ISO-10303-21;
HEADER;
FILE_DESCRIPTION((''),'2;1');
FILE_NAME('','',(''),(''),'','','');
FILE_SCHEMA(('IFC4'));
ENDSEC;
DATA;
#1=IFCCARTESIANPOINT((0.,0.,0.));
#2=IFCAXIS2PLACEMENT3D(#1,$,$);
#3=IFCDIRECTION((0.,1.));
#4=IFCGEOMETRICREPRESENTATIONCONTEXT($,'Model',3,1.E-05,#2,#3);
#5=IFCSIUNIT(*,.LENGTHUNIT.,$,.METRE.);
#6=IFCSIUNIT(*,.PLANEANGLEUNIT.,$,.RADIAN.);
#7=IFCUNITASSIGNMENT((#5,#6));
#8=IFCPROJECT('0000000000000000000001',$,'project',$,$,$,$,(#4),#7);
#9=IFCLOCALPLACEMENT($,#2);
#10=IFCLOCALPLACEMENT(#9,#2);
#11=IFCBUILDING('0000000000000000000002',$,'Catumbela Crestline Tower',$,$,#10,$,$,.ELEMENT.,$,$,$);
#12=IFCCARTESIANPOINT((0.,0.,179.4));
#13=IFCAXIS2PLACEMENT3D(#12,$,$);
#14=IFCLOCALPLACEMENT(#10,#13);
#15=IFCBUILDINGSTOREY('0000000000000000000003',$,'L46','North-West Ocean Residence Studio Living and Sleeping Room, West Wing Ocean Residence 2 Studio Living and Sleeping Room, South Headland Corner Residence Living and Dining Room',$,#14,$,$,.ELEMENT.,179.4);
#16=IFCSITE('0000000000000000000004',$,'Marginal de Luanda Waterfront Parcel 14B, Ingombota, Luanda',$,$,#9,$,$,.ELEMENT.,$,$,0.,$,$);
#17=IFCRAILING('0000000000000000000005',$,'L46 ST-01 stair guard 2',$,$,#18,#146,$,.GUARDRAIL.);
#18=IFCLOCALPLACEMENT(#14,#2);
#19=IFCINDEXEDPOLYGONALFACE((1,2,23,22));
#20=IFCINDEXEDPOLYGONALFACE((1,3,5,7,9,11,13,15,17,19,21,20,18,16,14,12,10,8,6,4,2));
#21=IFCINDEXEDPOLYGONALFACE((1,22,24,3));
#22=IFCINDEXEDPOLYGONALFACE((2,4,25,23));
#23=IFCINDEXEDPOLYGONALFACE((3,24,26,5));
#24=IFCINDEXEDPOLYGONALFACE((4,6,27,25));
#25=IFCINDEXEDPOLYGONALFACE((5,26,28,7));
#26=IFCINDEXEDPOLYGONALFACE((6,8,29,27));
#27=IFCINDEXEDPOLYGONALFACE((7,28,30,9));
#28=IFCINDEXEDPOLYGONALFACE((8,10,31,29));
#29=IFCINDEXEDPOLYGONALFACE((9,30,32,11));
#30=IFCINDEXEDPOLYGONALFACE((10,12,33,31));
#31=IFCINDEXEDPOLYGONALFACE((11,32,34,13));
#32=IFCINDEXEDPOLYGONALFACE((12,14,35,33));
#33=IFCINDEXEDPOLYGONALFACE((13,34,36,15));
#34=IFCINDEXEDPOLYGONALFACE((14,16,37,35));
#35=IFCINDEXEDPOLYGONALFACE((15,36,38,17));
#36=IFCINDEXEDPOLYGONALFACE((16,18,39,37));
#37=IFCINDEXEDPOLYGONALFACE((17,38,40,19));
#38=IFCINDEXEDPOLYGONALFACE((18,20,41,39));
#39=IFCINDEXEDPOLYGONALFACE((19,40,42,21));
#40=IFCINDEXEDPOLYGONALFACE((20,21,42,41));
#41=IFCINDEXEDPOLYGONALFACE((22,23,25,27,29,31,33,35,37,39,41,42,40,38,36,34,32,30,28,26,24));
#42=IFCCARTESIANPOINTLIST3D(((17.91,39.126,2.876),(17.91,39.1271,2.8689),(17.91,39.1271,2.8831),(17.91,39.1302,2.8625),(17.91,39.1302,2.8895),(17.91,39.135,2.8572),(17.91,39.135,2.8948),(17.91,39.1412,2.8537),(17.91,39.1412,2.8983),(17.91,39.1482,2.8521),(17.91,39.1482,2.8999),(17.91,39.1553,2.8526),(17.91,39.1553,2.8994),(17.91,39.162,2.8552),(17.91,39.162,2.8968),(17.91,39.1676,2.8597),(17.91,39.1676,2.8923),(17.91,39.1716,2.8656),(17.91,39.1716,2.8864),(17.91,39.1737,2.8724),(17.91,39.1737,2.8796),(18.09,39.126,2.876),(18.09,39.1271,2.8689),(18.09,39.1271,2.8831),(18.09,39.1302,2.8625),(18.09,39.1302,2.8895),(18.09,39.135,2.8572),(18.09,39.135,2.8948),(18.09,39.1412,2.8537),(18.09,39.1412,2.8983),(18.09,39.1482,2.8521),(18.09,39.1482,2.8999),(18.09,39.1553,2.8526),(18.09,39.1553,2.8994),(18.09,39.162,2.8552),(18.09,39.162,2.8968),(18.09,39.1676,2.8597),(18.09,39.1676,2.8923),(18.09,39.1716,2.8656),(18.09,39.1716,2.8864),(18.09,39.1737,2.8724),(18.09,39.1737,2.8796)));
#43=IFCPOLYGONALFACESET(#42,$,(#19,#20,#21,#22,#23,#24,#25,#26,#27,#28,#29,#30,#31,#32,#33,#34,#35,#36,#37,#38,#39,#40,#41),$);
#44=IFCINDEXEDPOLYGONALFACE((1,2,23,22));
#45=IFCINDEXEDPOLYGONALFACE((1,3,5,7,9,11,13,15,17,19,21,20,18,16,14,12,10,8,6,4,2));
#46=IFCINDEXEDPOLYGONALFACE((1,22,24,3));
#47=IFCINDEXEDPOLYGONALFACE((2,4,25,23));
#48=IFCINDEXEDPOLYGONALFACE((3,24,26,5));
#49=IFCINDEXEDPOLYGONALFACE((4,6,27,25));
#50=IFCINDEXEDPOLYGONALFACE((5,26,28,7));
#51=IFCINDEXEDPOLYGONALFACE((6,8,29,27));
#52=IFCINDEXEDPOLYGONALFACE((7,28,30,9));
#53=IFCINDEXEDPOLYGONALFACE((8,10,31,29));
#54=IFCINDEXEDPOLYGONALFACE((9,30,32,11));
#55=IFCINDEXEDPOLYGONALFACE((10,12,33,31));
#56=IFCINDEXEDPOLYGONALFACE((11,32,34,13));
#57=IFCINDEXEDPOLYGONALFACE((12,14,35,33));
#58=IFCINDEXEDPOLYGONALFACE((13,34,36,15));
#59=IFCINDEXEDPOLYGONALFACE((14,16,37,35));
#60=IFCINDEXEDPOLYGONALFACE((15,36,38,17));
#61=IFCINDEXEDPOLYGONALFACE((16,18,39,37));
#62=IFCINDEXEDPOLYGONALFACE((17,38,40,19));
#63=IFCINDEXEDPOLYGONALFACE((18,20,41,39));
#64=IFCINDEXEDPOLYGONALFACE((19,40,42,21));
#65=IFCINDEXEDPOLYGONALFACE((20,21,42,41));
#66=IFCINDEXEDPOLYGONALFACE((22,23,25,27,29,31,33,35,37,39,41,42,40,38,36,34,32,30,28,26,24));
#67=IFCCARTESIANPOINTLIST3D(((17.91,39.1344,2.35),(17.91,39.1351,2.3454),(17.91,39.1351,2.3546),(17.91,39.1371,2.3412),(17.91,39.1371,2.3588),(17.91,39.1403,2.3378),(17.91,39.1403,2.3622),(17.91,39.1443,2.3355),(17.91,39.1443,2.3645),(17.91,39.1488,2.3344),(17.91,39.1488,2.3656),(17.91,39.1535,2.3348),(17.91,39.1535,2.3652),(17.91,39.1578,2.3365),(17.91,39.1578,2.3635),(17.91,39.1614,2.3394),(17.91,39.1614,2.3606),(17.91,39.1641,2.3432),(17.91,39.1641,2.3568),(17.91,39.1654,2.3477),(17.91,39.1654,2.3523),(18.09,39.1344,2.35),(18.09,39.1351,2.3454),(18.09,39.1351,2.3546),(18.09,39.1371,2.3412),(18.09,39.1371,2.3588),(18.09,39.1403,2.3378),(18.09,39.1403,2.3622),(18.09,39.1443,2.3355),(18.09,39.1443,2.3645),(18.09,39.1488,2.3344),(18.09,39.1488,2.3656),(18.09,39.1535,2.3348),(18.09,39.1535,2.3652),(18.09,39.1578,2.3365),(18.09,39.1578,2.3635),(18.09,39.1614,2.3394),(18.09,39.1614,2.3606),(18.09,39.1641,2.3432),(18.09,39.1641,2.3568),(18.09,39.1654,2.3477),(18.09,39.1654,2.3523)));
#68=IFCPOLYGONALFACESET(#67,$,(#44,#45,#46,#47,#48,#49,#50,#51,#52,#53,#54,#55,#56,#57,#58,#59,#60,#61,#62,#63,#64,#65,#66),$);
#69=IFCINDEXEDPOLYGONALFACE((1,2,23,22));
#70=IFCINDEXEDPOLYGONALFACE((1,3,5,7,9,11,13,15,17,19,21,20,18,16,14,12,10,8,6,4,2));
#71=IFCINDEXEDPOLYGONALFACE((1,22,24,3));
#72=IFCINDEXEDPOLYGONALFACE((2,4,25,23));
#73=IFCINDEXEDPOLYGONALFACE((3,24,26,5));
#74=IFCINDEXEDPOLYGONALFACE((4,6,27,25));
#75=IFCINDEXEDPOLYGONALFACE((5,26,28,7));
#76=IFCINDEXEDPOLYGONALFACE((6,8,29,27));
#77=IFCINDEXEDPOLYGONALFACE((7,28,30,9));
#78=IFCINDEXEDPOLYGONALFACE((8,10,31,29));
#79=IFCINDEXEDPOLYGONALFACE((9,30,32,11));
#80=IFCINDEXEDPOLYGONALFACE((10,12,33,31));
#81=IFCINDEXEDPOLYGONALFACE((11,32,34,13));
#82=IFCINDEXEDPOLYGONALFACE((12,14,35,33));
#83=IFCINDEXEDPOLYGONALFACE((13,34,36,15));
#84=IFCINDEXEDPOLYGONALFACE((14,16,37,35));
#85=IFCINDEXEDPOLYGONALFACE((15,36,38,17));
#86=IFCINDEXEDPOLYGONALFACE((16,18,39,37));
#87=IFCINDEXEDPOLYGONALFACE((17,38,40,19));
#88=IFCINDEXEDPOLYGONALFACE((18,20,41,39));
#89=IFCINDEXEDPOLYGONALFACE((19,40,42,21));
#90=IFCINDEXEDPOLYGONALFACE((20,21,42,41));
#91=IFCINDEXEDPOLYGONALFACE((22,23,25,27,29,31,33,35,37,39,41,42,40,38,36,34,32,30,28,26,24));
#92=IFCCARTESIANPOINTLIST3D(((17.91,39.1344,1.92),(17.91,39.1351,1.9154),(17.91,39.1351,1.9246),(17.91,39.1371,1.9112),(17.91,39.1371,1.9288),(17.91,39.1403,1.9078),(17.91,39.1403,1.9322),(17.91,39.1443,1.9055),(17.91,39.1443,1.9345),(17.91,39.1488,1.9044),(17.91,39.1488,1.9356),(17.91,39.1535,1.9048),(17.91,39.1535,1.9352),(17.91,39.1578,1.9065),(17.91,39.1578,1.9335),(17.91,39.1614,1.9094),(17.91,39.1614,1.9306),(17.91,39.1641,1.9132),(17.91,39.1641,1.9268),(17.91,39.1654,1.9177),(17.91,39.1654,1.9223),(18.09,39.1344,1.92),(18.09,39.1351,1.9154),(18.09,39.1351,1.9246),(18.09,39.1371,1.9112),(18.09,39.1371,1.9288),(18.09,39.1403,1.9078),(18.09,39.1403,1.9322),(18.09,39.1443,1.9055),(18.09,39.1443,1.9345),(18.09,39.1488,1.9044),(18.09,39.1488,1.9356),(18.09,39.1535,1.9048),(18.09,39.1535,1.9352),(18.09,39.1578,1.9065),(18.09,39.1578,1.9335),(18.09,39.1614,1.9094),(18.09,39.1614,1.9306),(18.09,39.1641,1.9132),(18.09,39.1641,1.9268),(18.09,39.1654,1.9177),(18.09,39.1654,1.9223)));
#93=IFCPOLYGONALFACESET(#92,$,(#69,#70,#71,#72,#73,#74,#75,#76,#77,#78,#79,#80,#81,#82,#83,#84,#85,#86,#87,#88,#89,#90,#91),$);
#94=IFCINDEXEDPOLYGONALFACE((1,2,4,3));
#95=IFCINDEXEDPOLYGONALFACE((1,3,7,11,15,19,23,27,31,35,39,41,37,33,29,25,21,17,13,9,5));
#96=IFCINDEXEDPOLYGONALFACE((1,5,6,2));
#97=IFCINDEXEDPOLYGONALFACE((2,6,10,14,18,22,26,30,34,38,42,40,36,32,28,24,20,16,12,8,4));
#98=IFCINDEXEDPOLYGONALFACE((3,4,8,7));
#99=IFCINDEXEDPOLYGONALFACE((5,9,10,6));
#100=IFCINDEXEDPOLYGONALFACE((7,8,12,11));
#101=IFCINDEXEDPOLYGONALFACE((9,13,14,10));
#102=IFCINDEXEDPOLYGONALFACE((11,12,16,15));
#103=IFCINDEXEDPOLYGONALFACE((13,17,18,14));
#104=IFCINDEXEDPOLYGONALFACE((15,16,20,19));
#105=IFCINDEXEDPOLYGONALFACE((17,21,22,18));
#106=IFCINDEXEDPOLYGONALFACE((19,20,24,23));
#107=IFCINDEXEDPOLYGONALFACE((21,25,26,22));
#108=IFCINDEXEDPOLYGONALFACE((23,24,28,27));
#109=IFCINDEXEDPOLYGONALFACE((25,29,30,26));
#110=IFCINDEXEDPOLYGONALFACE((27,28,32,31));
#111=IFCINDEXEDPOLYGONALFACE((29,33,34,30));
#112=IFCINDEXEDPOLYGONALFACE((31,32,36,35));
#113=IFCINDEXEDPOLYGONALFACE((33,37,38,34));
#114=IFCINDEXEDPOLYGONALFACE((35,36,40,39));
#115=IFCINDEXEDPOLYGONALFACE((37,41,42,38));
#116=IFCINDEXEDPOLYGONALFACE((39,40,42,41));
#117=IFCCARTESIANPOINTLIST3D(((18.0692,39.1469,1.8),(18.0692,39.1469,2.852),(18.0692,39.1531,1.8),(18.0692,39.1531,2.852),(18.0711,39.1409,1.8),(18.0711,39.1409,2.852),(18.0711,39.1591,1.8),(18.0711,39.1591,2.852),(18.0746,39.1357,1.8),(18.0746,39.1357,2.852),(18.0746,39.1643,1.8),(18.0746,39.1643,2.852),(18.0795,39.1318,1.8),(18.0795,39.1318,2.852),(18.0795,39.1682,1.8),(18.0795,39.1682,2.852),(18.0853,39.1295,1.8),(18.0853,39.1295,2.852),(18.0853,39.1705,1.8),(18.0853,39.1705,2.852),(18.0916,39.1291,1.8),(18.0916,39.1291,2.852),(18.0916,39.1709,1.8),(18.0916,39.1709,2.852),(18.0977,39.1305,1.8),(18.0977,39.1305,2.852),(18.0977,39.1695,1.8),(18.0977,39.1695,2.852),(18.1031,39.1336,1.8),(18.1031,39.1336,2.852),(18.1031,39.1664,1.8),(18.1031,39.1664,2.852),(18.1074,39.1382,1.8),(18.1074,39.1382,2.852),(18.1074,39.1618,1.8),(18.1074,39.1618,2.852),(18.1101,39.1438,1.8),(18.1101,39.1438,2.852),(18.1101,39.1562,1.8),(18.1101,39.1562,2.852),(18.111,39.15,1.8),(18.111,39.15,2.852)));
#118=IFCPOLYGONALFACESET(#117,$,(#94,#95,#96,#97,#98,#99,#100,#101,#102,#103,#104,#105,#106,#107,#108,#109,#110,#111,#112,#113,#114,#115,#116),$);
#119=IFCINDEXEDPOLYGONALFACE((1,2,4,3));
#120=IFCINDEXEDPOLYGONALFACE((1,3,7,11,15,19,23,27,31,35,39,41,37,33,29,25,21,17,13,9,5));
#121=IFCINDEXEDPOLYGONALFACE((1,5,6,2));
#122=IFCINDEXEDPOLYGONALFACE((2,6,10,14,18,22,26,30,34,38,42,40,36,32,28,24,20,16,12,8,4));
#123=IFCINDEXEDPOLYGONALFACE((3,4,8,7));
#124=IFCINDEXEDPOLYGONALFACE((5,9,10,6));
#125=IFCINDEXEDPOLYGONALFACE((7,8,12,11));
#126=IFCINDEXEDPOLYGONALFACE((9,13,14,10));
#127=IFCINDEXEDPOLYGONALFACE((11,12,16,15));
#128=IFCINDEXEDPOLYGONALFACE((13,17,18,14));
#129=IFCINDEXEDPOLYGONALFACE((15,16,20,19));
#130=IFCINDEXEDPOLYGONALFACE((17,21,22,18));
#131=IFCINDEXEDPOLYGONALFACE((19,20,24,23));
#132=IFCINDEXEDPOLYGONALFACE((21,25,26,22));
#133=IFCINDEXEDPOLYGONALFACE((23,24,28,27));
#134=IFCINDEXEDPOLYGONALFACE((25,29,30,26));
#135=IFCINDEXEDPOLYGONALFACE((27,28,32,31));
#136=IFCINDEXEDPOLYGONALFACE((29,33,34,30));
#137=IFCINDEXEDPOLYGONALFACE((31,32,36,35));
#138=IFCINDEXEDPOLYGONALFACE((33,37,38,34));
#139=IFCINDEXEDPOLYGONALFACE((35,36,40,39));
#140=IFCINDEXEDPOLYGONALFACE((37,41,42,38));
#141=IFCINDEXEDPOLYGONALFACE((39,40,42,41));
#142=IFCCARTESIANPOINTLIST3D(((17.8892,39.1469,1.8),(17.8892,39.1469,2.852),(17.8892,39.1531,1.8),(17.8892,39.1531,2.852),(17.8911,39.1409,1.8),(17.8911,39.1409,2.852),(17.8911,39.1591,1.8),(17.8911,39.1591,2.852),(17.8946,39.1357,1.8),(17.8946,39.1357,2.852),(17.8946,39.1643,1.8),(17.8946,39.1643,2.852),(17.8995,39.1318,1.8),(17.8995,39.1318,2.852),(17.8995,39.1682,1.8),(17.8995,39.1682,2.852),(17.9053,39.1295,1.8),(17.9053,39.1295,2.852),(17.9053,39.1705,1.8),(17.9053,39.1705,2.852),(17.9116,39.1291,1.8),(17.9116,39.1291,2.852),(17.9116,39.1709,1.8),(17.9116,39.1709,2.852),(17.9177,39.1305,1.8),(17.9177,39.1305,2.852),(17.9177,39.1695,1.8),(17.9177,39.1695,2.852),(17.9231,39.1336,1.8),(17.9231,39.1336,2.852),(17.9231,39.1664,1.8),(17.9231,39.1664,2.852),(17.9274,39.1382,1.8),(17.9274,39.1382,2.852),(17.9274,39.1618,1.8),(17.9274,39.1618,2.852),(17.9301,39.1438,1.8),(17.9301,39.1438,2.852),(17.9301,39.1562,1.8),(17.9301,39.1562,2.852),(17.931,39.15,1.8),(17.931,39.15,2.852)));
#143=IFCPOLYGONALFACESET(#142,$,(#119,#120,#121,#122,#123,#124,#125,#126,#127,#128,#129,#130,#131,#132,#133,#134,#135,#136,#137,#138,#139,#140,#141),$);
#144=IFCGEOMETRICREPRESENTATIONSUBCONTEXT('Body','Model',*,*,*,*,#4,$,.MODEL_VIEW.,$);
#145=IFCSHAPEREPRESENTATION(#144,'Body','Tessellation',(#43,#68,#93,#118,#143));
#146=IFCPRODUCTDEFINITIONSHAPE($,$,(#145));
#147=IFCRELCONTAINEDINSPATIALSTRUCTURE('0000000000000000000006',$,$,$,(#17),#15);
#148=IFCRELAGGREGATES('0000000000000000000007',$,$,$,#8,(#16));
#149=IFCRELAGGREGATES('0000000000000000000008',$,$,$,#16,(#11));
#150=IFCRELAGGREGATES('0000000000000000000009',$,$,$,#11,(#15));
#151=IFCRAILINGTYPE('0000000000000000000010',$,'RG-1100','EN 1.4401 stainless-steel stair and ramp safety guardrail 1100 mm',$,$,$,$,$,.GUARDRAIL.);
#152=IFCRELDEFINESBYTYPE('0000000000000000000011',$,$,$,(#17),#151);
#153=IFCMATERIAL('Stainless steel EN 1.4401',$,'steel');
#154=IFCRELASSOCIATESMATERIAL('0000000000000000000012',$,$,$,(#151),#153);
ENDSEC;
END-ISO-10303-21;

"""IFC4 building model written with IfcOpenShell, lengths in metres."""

from ifc_helpers import new_model, si_unit, direction, frame, origin, origin_2d, place, context, subcontext, project, spatial, circle, extrude, material, type_object, element, save


model = new_model("IFC4")

# Units and contexts
model_context = context("Model", 3, precision=1e-05, world=origin(), true_north=direction((0.0, 1.0)))
body_context = subcontext(model_context, "Body", "Model", "MODEL_VIEW")
ifc_project = project(units=[si_unit("LENGTHUNIT", "METRE"), si_unit("PLANEANGLEUNIT", "RADIAN")], contexts=[model_context])

# Site, building, storey
site_placement = place(None, origin())
site = spatial("IfcSite", under=ifc_project, at=site_placement, Name="Marginal de Luanda Waterfront Parcel 14B, Ingombota, Luanda", CompositionType="ELEMENT", RefElevation=0.0)
building_placement = place(site_placement, origin())
building = spatial("IfcBuilding", under=site, at=building_placement, Name="Catumbela Crestline Tower", CompositionType="ELEMENT")
storey_placement = place(building_placement, frame((0.0, 0.0, 179.4)))
storey = spatial("IfcBuildingStorey", under=building, at=storey_placement, Name="L46", Description="North-West Ocean Residence Studio Living and Sleeping Room, West Wing Ocean Residence 2 Studio Living and Sleeping Room, South Headland Corner Residence Living and Dining Room", CompositionType="ELEMENT", Elevation=179.4)

# Shared definitions
ifc_material_1 = material(Name="Stainless steel EN 1.4401", Category="steel")

# Railing
railing_type_1 = type_object("IfcRailingType", Name="RG-1100", Description="EN 1.4401 stainless-steel stair and ramp safety guardrail 1100 mm", PredefinedType="GUARDRAIL", material=ifc_material_1)
railing_1_placement = place(storey_placement, frame((18.09, 39.15, 1.8)))
element("IfcRailing", 1, at=railing_1_placement, inside=storey, type_object=railing_type_1, Name="L46 ST-01 stair guard 2", PredefinedType="GUARDRAIL", context=body_context, shape_type="SweptSolid", body=[
    extrude(circle(Radius=0.024, at=origin_2d()), frame((0.0, 0.0, 1.076), z_axis=(-1.0, 0.0, 0.0), x_axis=(0.0, -1.0, 0.0)), (0.0, 0.0, 1.0), 0.18),
    extrude(circle(Radius=0.0156, at=origin_2d()), frame((0.0, 0.0, 0.55), z_axis=(-1.0, 0.0, 0.0), x_axis=(0.0, -1.0, 0.0)), (0.0, 0.0, 1.0), 0.18),
    extrude(circle(Radius=0.0156, at=origin_2d()), frame((0.0, 0.0, 0.12), z_axis=(-1.0, 0.0, 0.0), x_axis=(0.0, -1.0, 0.0)), (0.0, 0.0, 1.0), 0.18),
    extrude(circle(Radius=0.021, at=origin_2d()), origin(), (0.0, 0.0, 1.0), 1.052),
    extrude(circle(Radius=0.021, at=origin_2d()), frame((-0.18, 0.0, 0.0)), (0.0, 0.0, 1.0), 1.052),
])

save(model, "model.ifc")
